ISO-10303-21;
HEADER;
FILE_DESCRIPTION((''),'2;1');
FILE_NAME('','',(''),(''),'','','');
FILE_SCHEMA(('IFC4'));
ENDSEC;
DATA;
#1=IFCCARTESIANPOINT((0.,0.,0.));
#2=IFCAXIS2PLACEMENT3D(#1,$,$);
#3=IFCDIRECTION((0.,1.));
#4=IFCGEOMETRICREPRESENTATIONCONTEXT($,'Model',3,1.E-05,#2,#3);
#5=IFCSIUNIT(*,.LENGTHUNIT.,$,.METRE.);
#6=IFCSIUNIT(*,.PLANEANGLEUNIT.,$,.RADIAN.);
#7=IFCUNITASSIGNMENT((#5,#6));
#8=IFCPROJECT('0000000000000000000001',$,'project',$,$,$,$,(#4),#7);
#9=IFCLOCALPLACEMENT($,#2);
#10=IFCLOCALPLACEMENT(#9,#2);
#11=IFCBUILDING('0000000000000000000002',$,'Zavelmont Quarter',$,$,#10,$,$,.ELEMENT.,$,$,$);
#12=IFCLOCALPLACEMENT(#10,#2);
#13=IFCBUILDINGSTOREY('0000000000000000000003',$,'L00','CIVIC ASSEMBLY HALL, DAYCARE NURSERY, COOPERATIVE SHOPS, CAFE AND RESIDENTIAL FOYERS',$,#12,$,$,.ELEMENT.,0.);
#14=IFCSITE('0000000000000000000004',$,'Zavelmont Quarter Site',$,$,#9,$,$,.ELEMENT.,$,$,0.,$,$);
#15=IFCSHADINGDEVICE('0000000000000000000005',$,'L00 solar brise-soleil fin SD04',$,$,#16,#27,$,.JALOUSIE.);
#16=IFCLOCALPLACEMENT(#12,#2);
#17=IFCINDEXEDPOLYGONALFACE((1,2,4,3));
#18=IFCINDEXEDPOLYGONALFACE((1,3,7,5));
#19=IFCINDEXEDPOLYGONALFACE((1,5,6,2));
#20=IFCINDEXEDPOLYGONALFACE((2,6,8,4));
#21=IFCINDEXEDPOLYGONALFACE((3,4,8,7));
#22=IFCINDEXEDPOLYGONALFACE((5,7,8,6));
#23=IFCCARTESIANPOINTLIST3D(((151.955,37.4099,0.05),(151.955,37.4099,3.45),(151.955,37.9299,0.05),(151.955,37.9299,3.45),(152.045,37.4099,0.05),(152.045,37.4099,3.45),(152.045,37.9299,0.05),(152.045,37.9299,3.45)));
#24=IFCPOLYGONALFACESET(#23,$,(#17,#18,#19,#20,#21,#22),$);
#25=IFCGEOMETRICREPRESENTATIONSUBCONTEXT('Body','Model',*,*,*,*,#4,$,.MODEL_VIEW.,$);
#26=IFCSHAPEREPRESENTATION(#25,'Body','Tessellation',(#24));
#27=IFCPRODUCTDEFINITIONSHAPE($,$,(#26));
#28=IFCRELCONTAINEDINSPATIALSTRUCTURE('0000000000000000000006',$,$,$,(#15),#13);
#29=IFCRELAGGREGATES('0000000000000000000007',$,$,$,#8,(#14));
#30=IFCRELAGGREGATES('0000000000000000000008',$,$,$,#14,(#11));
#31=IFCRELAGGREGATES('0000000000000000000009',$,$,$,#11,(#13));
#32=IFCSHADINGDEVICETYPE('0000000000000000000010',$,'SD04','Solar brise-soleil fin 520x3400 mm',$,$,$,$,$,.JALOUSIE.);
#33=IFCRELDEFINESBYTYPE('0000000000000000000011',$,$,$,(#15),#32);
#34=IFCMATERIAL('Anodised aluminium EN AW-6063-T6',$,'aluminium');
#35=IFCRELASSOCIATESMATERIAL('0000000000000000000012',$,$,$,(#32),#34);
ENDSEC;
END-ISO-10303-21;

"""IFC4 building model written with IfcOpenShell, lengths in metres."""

from ifc_helpers import new_model, si_unit, direction, frame, origin, origin_2d, place, context, subcontext, project, spatial, rectangle, extrude, material, type_object, element, save


model = new_model("IFC4")

# Units and contexts
model_context = context("Model", 3, precision=1e-05, world=origin(), true_north=direction((0.0, 1.0)))
body_context = subcontext(model_context, "Body", "Model", "MODEL_VIEW")
ifc_project = project(units=[si_unit("LENGTHUNIT", "METRE"), si_unit("PLANEANGLEUNIT", "RADIAN")], contexts=[model_context])

# Site, building, storey
site_placement = place(None, origin())
site = spatial("IfcSite", under=ifc_project, at=site_placement, Name="Zavelmont Quarter Site", CompositionType="ELEMENT", RefElevation=0.0)
building_placement = place(site_placement, origin())
building = spatial("IfcBuilding", under=site, at=building_placement, Name="Zavelmont Quarter", CompositionType="ELEMENT")
storey_placement = place(building_placement, origin())
storey = spatial("IfcBuildingStorey", under=building, at=storey_placement, Name="L00", Description="CIVIC ASSEMBLY HALL, DAYCARE NURSERY, COOPERATIVE SHOPS, CAFE AND RESIDENTIAL FOYERS", CompositionType="ELEMENT", Elevation=0.0)

# Shading device
ifc_material_1 = material(Name="Anodised aluminium EN AW-6063-T6", Category="aluminium")
shading_device_type = type_object("IfcShadingDeviceType", Name="SD04", Description="Solar brise-soleil fin 520x3400 mm", PredefinedType="JALOUSIE", material=ifc_material_1)
for number, where, z_axis, x_axis, name in (
    (1, (152.0, 37.6699, 0.05), (0.0, 0.0, 1.0), (1.0, 0.0, 0.0), "L00 solar brise-soleil fin SD04"),
):
    element("IfcShadingDevice", number, at=place(storey_placement, frame(where, z_axis=z_axis, x_axis=x_axis)), inside=storey, type_object=shading_device_type, Name=name, PredefinedType="JALOUSIE", context=body_context, shape_type="SweptSolid", body=[
        extrude(rectangle(XDim=0.0901, YDim=0.52, at=origin_2d()), origin(), (0.0, 0.0, 1.0), 3.3999),
    ])

save(model, "model.ifc")
